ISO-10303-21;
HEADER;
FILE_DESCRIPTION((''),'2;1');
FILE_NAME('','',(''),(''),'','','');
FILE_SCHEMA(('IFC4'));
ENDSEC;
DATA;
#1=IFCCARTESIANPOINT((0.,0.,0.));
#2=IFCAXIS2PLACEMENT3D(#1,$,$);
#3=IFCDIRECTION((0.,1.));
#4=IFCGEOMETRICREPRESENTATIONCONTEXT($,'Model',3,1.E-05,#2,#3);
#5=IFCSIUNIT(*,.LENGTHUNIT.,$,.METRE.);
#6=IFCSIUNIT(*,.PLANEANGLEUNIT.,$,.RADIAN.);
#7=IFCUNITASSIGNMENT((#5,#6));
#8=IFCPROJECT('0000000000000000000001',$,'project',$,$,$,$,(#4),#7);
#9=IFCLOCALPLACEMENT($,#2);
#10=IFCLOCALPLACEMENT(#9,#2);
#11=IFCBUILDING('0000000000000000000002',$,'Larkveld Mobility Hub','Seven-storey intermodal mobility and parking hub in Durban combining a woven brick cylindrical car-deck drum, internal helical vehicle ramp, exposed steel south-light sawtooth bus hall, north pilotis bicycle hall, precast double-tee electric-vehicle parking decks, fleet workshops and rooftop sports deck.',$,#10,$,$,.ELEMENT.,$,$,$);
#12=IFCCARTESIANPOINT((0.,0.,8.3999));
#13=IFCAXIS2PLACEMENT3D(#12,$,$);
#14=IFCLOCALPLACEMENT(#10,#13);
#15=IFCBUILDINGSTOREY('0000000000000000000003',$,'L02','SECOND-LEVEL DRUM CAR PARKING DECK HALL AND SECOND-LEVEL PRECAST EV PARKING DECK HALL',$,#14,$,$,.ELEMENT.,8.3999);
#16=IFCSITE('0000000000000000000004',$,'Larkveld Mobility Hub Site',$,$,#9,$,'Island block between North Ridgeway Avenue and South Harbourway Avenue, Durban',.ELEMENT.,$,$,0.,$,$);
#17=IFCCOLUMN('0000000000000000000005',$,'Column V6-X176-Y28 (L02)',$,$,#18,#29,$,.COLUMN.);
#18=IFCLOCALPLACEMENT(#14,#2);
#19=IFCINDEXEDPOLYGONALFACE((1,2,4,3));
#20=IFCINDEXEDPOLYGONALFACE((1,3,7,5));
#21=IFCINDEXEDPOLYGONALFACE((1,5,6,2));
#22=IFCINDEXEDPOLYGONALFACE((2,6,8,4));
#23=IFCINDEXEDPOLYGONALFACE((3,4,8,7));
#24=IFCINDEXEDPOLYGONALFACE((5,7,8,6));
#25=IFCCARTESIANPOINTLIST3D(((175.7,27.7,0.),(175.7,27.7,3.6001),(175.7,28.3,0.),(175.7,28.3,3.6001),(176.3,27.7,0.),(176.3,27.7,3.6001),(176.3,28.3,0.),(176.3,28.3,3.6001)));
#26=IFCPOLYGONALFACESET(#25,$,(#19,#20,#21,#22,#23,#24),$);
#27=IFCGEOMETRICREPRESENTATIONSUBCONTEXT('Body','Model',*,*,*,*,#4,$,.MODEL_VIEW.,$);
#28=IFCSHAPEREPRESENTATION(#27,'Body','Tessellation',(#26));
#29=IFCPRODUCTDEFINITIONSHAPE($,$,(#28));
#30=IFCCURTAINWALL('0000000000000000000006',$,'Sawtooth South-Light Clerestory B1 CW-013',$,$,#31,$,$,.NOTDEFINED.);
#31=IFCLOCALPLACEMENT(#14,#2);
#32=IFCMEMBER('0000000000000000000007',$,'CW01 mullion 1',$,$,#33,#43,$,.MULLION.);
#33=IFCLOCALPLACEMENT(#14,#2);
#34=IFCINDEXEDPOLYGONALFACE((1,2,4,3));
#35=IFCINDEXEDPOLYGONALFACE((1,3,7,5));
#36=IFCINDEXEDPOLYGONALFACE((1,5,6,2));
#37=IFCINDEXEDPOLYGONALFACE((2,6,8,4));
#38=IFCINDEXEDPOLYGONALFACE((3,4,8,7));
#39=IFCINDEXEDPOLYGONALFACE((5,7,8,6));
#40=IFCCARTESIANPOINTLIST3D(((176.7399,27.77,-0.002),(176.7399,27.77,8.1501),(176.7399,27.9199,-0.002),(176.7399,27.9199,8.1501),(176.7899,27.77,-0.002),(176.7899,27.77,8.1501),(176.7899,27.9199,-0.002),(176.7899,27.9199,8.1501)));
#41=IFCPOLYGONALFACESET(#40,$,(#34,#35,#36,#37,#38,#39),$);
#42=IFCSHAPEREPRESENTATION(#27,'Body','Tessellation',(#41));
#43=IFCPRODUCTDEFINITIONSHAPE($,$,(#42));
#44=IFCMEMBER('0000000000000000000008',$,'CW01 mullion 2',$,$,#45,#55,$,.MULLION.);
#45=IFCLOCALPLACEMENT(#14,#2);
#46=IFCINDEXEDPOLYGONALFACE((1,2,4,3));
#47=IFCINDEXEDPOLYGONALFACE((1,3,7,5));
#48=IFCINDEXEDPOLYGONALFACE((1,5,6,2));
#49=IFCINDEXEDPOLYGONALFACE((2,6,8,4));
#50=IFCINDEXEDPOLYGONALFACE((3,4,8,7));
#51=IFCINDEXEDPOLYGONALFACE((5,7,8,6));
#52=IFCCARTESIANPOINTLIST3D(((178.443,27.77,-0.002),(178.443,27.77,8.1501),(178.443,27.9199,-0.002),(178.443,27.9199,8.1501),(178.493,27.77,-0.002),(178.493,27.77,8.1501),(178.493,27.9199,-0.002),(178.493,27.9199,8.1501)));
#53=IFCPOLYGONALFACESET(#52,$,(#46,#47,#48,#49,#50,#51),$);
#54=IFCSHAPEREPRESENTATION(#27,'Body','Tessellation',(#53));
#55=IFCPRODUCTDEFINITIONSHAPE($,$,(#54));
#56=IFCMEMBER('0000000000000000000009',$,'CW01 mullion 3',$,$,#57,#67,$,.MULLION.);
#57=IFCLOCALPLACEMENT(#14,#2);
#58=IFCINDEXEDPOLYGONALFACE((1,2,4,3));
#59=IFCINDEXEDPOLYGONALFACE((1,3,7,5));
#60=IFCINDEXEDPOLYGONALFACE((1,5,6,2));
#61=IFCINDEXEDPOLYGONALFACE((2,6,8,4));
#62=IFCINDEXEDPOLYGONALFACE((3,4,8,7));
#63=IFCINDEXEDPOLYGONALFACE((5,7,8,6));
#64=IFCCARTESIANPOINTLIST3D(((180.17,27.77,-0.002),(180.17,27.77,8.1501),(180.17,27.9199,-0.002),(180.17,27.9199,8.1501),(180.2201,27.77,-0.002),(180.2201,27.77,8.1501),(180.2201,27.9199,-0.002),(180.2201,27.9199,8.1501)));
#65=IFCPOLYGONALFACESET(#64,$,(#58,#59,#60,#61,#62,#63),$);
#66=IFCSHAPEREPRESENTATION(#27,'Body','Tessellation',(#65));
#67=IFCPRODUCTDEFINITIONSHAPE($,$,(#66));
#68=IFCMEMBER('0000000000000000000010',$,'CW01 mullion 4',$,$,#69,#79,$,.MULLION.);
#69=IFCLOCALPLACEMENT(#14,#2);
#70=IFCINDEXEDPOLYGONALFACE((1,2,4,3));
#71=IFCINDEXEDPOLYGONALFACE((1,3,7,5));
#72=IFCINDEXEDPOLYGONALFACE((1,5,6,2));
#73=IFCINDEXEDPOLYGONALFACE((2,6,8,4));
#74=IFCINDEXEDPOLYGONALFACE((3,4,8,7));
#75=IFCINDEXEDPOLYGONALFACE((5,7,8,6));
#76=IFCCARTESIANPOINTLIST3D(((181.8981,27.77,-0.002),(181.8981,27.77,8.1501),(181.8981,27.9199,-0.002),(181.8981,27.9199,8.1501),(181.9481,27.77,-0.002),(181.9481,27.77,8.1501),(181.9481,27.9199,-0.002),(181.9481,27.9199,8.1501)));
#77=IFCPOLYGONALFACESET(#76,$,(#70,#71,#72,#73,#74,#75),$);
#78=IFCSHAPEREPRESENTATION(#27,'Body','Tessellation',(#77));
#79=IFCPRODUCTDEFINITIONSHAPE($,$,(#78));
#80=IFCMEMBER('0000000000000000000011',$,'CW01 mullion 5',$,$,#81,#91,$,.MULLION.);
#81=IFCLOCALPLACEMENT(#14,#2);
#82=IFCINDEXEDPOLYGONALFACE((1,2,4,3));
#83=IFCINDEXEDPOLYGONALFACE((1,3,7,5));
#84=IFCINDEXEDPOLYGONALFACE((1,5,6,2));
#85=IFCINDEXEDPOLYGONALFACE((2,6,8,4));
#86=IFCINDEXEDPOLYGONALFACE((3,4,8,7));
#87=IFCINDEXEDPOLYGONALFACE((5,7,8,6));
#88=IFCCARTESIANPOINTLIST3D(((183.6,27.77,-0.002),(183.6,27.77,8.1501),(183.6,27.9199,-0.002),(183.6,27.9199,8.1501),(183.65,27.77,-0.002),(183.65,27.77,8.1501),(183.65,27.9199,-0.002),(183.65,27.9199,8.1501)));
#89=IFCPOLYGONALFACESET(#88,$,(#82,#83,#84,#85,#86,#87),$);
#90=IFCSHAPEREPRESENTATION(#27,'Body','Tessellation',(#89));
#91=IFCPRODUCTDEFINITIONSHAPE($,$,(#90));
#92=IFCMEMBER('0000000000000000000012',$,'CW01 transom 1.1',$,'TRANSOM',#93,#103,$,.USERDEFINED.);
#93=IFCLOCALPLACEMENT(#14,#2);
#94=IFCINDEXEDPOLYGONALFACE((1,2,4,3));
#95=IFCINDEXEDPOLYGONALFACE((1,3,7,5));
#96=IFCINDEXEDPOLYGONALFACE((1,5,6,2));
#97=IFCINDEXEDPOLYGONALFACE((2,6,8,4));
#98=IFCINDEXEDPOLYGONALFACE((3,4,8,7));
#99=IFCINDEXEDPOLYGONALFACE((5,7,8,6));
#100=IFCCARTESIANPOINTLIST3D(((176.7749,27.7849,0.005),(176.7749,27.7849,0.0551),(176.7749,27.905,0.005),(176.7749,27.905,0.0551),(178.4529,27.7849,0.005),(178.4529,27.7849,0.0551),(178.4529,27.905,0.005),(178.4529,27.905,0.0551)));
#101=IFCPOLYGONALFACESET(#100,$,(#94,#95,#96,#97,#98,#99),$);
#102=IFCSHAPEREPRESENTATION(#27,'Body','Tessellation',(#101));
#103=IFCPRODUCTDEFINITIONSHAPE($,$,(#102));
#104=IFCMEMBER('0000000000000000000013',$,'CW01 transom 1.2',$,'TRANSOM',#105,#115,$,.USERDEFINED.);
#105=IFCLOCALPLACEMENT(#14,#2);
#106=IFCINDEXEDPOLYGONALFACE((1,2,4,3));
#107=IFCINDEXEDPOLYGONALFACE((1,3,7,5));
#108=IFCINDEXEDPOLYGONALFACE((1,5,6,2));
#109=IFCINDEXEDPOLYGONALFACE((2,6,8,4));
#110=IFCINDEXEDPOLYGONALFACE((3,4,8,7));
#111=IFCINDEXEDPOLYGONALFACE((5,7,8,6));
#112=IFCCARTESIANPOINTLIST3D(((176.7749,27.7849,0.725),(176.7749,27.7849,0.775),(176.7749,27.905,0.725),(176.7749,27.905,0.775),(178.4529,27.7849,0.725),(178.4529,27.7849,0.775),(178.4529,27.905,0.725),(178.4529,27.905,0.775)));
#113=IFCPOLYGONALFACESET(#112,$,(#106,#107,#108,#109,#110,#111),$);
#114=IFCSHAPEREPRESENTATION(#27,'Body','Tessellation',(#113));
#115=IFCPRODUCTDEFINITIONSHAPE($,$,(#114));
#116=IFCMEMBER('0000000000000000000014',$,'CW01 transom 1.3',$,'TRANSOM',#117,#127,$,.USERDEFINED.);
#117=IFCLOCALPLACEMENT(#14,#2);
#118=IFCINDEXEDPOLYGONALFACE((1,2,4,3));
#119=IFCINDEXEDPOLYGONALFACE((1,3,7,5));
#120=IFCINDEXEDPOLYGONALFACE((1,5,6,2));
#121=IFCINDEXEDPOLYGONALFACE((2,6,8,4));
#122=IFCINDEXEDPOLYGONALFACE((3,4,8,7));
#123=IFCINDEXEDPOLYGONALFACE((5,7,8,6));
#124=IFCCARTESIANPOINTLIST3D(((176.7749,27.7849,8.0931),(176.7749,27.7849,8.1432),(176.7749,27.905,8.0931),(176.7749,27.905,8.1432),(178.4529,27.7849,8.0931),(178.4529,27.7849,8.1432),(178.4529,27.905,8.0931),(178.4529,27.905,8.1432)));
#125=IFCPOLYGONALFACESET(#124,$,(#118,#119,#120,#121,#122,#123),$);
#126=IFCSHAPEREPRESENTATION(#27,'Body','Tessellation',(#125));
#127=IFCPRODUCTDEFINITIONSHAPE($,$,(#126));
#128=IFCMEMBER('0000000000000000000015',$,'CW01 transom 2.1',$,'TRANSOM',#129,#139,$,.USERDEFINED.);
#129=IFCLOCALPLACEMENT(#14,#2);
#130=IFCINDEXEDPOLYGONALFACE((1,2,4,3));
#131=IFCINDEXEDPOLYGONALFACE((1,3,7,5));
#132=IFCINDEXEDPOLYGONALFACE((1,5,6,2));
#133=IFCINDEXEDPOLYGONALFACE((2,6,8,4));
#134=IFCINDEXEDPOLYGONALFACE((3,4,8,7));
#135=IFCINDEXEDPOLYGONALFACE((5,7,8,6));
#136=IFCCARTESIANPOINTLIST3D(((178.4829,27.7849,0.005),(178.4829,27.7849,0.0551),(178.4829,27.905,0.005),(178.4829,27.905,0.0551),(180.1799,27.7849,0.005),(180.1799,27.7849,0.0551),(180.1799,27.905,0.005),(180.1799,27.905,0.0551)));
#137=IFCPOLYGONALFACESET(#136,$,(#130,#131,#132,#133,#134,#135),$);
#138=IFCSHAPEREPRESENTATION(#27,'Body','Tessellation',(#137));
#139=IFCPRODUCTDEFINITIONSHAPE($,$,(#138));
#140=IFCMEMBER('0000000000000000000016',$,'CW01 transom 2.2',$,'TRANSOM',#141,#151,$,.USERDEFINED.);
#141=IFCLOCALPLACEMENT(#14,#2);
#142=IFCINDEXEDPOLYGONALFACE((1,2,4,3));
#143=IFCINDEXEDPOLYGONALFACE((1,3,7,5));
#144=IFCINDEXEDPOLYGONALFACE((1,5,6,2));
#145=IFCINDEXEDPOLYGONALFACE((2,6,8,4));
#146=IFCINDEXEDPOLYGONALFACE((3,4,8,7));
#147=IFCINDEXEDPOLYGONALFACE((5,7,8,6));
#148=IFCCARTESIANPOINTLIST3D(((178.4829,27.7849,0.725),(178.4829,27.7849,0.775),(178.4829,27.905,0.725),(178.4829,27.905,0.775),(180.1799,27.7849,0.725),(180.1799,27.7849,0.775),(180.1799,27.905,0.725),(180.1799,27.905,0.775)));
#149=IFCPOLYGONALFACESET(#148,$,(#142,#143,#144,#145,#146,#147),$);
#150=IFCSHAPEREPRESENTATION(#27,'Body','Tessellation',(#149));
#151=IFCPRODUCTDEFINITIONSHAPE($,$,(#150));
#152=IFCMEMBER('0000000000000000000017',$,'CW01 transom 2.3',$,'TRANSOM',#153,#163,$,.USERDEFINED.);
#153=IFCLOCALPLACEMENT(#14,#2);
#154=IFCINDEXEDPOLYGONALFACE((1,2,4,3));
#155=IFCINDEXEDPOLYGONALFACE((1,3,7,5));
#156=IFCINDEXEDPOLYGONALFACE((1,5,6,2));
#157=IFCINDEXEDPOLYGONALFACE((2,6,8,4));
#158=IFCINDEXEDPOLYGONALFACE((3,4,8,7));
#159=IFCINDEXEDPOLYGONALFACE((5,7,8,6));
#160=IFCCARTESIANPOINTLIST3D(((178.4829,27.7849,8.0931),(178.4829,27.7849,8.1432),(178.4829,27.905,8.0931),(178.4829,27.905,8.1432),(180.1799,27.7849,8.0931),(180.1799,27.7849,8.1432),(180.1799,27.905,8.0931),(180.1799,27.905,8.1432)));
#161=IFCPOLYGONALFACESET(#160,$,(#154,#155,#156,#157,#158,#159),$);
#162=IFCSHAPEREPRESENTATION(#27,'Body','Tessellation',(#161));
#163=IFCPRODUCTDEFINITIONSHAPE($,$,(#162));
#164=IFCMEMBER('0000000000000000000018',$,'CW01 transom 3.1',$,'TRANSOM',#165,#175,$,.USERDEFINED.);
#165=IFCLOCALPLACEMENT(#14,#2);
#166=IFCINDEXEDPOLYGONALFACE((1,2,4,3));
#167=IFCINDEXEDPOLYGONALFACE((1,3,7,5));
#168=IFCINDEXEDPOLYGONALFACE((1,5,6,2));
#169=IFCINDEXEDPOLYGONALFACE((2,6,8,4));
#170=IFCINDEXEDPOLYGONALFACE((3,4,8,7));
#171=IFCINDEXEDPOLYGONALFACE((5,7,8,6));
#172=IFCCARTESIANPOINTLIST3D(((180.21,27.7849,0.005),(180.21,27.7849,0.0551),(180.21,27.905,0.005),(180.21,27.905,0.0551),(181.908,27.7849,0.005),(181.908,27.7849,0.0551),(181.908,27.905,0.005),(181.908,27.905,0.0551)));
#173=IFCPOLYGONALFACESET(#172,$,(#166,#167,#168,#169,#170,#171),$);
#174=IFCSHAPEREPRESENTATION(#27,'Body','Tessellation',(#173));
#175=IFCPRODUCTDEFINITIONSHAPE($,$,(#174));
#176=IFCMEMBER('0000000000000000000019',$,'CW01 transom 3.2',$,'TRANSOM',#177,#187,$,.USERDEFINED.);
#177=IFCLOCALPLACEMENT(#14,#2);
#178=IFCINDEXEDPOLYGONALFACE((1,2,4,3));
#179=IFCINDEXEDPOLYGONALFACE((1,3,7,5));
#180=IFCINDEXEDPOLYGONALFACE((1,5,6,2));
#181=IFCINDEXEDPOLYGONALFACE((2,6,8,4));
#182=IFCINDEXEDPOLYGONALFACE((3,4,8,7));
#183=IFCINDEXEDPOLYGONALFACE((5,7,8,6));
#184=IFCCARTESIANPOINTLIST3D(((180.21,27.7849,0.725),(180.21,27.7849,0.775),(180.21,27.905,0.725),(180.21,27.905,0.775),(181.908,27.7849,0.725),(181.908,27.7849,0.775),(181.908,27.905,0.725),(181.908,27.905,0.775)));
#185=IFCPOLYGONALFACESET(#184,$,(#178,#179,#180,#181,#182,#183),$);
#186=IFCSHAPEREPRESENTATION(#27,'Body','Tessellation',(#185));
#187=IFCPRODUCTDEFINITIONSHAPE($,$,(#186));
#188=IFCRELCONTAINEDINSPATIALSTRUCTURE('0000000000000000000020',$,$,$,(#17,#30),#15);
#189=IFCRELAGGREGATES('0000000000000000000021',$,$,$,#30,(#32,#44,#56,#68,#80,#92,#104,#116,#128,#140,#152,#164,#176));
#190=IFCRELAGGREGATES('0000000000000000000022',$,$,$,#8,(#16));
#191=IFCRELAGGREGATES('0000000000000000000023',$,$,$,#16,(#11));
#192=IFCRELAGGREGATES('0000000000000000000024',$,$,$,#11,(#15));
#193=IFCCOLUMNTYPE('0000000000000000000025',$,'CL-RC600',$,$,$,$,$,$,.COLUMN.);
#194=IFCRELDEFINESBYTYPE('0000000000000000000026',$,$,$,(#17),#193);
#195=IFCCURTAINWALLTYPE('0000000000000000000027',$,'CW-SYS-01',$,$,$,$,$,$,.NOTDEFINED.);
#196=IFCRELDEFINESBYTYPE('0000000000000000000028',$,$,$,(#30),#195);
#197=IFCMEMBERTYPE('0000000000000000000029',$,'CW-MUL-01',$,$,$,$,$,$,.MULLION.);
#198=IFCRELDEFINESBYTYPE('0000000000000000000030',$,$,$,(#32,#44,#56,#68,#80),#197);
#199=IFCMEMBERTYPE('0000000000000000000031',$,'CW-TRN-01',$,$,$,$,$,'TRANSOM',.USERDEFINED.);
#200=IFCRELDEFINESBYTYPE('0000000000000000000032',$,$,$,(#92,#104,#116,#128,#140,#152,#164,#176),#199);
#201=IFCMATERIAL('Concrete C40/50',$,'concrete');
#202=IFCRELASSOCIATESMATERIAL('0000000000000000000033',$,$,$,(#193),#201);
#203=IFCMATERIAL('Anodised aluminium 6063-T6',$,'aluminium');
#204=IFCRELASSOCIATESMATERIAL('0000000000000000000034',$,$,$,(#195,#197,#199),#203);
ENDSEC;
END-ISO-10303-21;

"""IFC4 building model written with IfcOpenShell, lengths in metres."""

from ifc_helpers import new_model, si_unit, direction, frame, origin, origin_2d, place, context, subcontext, project, spatial, rectangle, extrude, material, material_profile, profile_set, type_object, element, aggregate, save


model = new_model("IFC4")

# Units and contexts
model_context = context("Model", 3, precision=1e-05, world=origin(), true_north=direction((0.0, 1.0)))
body_context = subcontext(model_context, "Body", "Model", "MODEL_VIEW")
ifc_project = project(units=[si_unit("LENGTHUNIT", "METRE"), si_unit("PLANEANGLEUNIT", "RADIAN")], contexts=[model_context])

# Site, building, storey
site_placement = place(None, origin())
site = spatial("IfcSite", under=ifc_project, at=site_placement, Name="Larkveld Mobility Hub Site", LongName="Island block between North Ridgeway Avenue and South Harbourway Avenue, Durban", CompositionType="ELEMENT", RefElevation=0.0)
building_placement = place(site_placement, origin())
building = spatial("IfcBuilding", under=site, at=building_placement, Name="Larkveld Mobility Hub", Description="Seven-storey intermodal mobility and parking hub in Durban combining a woven brick cylindrical car-deck drum, internal helical vehicle ramp, exposed steel south-light sawtooth bus hall, north pilotis bicycle hall, precast double-tee electric-vehicle parking decks, fleet workshops and rooftop sports deck.", CompositionType="ELEMENT")
storey_placement = place(building_placement, frame((0.0, 0.0, 8.3999)))
storey = spatial("IfcBuildingStorey", under=building, at=storey_placement, Name="L02", Description="SECOND-LEVEL DRUM CAR PARKING DECK HALL AND SECOND-LEVEL PRECAST EV PARKING DECK HALL", CompositionType="ELEMENT", Elevation=8.3999)

# Column
ifc_material_1 = material(Name="Concrete C40/50", Category="concrete")
ifc_material_profile_1 = material_profile(ifc_material_1, rectangle(XDim=0.6001, YDim=0.6001, at=origin_2d()), Name="RC COL 600x600")
ifc_profile_set_1 = profile_set([ifc_material_profile_1], Name="Concrete C40/50")
column_type = type_object("IfcColumnType", Name="CL-RC600", PredefinedType="COLUMN", material=ifc_profile_set_1)
column_placement = place(storey_placement, frame((176.0, 28.0, 0.0), z_axis=(0.0, 0.0, 1.0), x_axis=(1.0, 0.0, 0.0)))
element("IfcColumn", 1, at=column_placement, inside=storey, type_object=column_type, Name="Column V6-X176-Y28 (L02)", PredefinedType="COLUMN", context=body_context, shape_type="SweptSolid", body=[
    extrude(rectangle(XDim=0.6001, YDim=0.6001, at=origin_2d()), origin(), (0.0, 0.0, 1.0), 3.6001),
])

# Curtain wall, members
ifc_material_2 = material(Name="Anodised aluminium 6063-T6", Category="aluminium")
curtain_wall_type = type_object("IfcCurtainWallType", Name="CW-SYS-01", PredefinedType="NOTDEFINED", material=ifc_material_2)
curtain_wall_placement = place(storey_placement, origin())
curtain_wall = element("IfcCurtainWall", 2, at=curtain_wall_placement, inside=storey, type_object=curtain_wall_type, Name="Sawtooth South-Light Clerestory B1 CW-013", PredefinedType="NOTDEFINED")
ifc_material_profile_2 = material_profile(ifc_material_2, rectangle(XDim=0.05, YDim=0.1499, at=origin_2d()), Name="ALU MULL 50x150")
ifc_profile_set_2 = profile_set([ifc_material_profile_2], Name="Anodised aluminium 6063-T6")
member_type_1 = type_object("IfcMemberType", Name="CW-MUL-01", PredefinedType="MULLION", material=ifc_profile_set_2)
member_1_placement = place(storey_placement, frame((176.7649, 27.845, -0.002), z_axis=(0.0, 0.0, 1.0), x_axis=(1.0, 0.0, 0.0)))
member_1 = element("IfcMember", 3, at=member_1_placement, type_object=member_type_1, Name="CW01 mullion 1", PredefinedType="MULLION", context=body_context, shape_type="SweptSolid", body=[
    extrude(rectangle(XDim=0.05, YDim=0.1499, at=origin_2d()), origin(), (0.0, 0.0, 1.0), 8.1521),
])
member_2_placement = place(storey_placement, frame((178.468, 27.845, -0.002), z_axis=(0.0, 0.0, 1.0), x_axis=(1.0, 0.0, 0.0)))
member_2 = element("IfcMember", 4, at=member_2_placement, type_object=member_type_1, Name="CW01 mullion 2", PredefinedType="MULLION", context=body_context, shape_type="SweptSolid", body=[
    extrude(rectangle(XDim=0.05, YDim=0.1499, at=origin_2d()), origin(), (0.0, 0.0, 1.0), 8.1521),
])
member_3_placement = place(storey_placement, frame((180.1951, 27.845, -0.002), z_axis=(0.0, 0.0, 1.0), x_axis=(1.0, 0.0, 0.0)))
member_3 = element("IfcMember", 5, at=member_3_placement, type_object=member_type_1, Name="CW01 mullion 3", PredefinedType="MULLION", context=body_context, shape_type="SweptSolid", body=[
    extrude(rectangle(XDim=0.05, YDim=0.1499, at=origin_2d()), origin(), (0.0, 0.0, 1.0), 8.1521),
])
member_4_placement = place(storey_placement, frame((181.9231, 27.845, -0.002), z_axis=(0.0, 0.0, 1.0), x_axis=(1.0, 0.0, 0.0)))
member_4 = element("IfcMember", 6, at=member_4_placement, type_object=member_type_1, Name="CW01 mullion 4", PredefinedType="MULLION", context=body_context, shape_type="SweptSolid", body=[
    extrude(rectangle(XDim=0.05, YDim=0.1499, at=origin_2d()), origin(), (0.0, 0.0, 1.0), 8.1521),
])
member_5_placement = place(storey_placement, frame((183.625, 27.845, -0.002), z_axis=(0.0, 0.0, 1.0), x_axis=(1.0, 0.0, 0.0)))
member_5 = element("IfcMember", 7, at=member_5_placement, type_object=member_type_1, Name="CW01 mullion 5", PredefinedType="MULLION", context=body_context, shape_type="SweptSolid", body=[
    extrude(rectangle(XDim=0.05, YDim=0.1499, at=origin_2d()), origin(), (0.0, 0.0, 1.0), 8.1521),
])
ifc_material_profile_3 = material_profile(ifc_material_2, rectangle(XDim=0.1201, YDim=0.05, at=origin_2d()), Name="ALU TRAN 50x120")
ifc_profile_set_3 = profile_set([ifc_material_profile_3], Name="Anodised aluminium 6063-T6")
member_type_2 = type_object("IfcMemberType", Name="CW-TRN-01", ElementType="TRANSOM", PredefinedType="USERDEFINED", material=ifc_profile_set_3)
member_6_placement = place(storey_placement, frame((176.7749, 27.845, 0.03), z_axis=(1.0, 0.0, 0.0), x_axis=(0.0, 1.0, 0.0)))
member_6 = element("IfcMember", 8, at=member_6_placement, type_object=member_type_2, Name="CW01 transom 1.1", ObjectType="TRANSOM", PredefinedType="USERDEFINED", context=body_context, shape_type="SweptSolid", body=[
    extrude(rectangle(XDim=0.1201, YDim=0.05, at=origin_2d()), origin(), (0.0, 0.0, 1.0), 1.678),
])
member_7_placement = place(storey_placement, frame((176.7749, 27.845, 0.75), z_axis=(1.0, 0.0, 0.0), x_axis=(0.0, 1.0, 0.0)))
member_7 = element("IfcMember", 9, at=member_7_placement, type_object=member_type_2, Name="CW01 transom 1.2", ObjectType="TRANSOM", PredefinedType="USERDEFINED", context=body_context, shape_type="SweptSolid", body=[
    extrude(rectangle(XDim=0.1201, YDim=0.05, at=origin_2d()), origin(), (0.0, 0.0, 1.0), 1.678),
])
member_8_placement = place(storey_placement, frame((176.7749, 27.845, 8.1182), z_axis=(1.0, 0.0, 0.0), x_axis=(0.0, 1.0, 0.0)))
member_8 = element("IfcMember", 10, at=member_8_placement, type_object=member_type_2, Name="CW01 transom 1.3", ObjectType="TRANSOM", PredefinedType="USERDEFINED", context=body_context, shape_type="SweptSolid", body=[
    extrude(rectangle(XDim=0.1201, YDim=0.05, at=origin_2d()), origin(), (0.0, 0.0, 1.0), 1.678),
])
member_9_placement = place(storey_placement, frame((178.4829, 27.845, 0.03), z_axis=(1.0, 0.0, 0.0), x_axis=(0.0, 1.0, 0.0)))
member_9 = element("IfcMember", 11, at=member_9_placement, type_object=member_type_2, Name="CW01 transom 2.1", ObjectType="TRANSOM", PredefinedType="USERDEFINED", context=body_context, shape_type="SweptSolid", body=[
    extrude(rectangle(XDim=0.1201, YDim=0.05, at=origin_2d()), origin(), (0.0, 0.0, 1.0), 1.697),
])
member_10_placement = place(storey_placement, frame((178.4829, 27.845, 0.75), z_axis=(1.0, 0.0, 0.0), x_axis=(0.0, 1.0, 0.0)))
member_10 = element("IfcMember", 12, at=member_10_placement, type_object=member_type_2, Name="CW01 transom 2.2", ObjectType="TRANSOM", PredefinedType="USERDEFINED", context=body_context, shape_type="SweptSolid", body=[
    extrude(rectangle(XDim=0.1201, YDim=0.05, at=origin_2d()), origin(), (0.0, 0.0, 1.0), 1.697),
])
member_11_placement = place(storey_placement, frame((178.4829, 27.845, 8.1182), z_axis=(1.0, 0.0, 0.0), x_axis=(0.0, 1.0, 0.0)))
member_11 = element("IfcMember", 13, at=member_11_placement, type_object=member_type_2, Name="CW01 transom 2.3", ObjectType="TRANSOM", PredefinedType="USERDEFINED", context=body_context, shape_type="SweptSolid", body=[
    extrude(rectangle(XDim=0.1201, YDim=0.05, at=origin_2d()), origin(), (0.0, 0.0, 1.0), 1.697),
])
member_12_placement = place(storey_placement, frame((180.21, 27.845, 0.03), z_axis=(1.0, 0.0, 0.0), x_axis=(0.0, 1.0, 0.0)))
member_12 = element("IfcMember", 14, at=member_12_placement, type_object=member_type_2, Name="CW01 transom 3.1", ObjectType="TRANSOM", PredefinedType="USERDEFINED", context=body_context, shape_type="SweptSolid", body=[
    extrude(rectangle(XDim=0.1201, YDim=0.05, at=origin_2d()), origin(), (0.0, 0.0, 1.0), 1.698),
])
member_13_placement = place(storey_placement, frame((180.21, 27.845, 0.75), z_axis=(1.0, 0.0, 0.0), x_axis=(0.0, 1.0, 0.0)))
member_13 = element("IfcMember", 15, at=member_13_placement, type_object=member_type_2, Name="CW01 transom 3.2", ObjectType="TRANSOM", PredefinedType="USERDEFINED", context=body_context, shape_type="SweptSolid", body=[
    extrude(rectangle(XDim=0.1201, YDim=0.05, at=origin_2d()), origin(), (0.0, 0.0, 1.0), 1.698),
])

aggregate(curtain_wall, [member_1, member_2, member_3, member_4, member_5, member_6, member_7, member_8, member_9, member_10, member_11, member_12, member_13])

save(model, "model.ifc")
